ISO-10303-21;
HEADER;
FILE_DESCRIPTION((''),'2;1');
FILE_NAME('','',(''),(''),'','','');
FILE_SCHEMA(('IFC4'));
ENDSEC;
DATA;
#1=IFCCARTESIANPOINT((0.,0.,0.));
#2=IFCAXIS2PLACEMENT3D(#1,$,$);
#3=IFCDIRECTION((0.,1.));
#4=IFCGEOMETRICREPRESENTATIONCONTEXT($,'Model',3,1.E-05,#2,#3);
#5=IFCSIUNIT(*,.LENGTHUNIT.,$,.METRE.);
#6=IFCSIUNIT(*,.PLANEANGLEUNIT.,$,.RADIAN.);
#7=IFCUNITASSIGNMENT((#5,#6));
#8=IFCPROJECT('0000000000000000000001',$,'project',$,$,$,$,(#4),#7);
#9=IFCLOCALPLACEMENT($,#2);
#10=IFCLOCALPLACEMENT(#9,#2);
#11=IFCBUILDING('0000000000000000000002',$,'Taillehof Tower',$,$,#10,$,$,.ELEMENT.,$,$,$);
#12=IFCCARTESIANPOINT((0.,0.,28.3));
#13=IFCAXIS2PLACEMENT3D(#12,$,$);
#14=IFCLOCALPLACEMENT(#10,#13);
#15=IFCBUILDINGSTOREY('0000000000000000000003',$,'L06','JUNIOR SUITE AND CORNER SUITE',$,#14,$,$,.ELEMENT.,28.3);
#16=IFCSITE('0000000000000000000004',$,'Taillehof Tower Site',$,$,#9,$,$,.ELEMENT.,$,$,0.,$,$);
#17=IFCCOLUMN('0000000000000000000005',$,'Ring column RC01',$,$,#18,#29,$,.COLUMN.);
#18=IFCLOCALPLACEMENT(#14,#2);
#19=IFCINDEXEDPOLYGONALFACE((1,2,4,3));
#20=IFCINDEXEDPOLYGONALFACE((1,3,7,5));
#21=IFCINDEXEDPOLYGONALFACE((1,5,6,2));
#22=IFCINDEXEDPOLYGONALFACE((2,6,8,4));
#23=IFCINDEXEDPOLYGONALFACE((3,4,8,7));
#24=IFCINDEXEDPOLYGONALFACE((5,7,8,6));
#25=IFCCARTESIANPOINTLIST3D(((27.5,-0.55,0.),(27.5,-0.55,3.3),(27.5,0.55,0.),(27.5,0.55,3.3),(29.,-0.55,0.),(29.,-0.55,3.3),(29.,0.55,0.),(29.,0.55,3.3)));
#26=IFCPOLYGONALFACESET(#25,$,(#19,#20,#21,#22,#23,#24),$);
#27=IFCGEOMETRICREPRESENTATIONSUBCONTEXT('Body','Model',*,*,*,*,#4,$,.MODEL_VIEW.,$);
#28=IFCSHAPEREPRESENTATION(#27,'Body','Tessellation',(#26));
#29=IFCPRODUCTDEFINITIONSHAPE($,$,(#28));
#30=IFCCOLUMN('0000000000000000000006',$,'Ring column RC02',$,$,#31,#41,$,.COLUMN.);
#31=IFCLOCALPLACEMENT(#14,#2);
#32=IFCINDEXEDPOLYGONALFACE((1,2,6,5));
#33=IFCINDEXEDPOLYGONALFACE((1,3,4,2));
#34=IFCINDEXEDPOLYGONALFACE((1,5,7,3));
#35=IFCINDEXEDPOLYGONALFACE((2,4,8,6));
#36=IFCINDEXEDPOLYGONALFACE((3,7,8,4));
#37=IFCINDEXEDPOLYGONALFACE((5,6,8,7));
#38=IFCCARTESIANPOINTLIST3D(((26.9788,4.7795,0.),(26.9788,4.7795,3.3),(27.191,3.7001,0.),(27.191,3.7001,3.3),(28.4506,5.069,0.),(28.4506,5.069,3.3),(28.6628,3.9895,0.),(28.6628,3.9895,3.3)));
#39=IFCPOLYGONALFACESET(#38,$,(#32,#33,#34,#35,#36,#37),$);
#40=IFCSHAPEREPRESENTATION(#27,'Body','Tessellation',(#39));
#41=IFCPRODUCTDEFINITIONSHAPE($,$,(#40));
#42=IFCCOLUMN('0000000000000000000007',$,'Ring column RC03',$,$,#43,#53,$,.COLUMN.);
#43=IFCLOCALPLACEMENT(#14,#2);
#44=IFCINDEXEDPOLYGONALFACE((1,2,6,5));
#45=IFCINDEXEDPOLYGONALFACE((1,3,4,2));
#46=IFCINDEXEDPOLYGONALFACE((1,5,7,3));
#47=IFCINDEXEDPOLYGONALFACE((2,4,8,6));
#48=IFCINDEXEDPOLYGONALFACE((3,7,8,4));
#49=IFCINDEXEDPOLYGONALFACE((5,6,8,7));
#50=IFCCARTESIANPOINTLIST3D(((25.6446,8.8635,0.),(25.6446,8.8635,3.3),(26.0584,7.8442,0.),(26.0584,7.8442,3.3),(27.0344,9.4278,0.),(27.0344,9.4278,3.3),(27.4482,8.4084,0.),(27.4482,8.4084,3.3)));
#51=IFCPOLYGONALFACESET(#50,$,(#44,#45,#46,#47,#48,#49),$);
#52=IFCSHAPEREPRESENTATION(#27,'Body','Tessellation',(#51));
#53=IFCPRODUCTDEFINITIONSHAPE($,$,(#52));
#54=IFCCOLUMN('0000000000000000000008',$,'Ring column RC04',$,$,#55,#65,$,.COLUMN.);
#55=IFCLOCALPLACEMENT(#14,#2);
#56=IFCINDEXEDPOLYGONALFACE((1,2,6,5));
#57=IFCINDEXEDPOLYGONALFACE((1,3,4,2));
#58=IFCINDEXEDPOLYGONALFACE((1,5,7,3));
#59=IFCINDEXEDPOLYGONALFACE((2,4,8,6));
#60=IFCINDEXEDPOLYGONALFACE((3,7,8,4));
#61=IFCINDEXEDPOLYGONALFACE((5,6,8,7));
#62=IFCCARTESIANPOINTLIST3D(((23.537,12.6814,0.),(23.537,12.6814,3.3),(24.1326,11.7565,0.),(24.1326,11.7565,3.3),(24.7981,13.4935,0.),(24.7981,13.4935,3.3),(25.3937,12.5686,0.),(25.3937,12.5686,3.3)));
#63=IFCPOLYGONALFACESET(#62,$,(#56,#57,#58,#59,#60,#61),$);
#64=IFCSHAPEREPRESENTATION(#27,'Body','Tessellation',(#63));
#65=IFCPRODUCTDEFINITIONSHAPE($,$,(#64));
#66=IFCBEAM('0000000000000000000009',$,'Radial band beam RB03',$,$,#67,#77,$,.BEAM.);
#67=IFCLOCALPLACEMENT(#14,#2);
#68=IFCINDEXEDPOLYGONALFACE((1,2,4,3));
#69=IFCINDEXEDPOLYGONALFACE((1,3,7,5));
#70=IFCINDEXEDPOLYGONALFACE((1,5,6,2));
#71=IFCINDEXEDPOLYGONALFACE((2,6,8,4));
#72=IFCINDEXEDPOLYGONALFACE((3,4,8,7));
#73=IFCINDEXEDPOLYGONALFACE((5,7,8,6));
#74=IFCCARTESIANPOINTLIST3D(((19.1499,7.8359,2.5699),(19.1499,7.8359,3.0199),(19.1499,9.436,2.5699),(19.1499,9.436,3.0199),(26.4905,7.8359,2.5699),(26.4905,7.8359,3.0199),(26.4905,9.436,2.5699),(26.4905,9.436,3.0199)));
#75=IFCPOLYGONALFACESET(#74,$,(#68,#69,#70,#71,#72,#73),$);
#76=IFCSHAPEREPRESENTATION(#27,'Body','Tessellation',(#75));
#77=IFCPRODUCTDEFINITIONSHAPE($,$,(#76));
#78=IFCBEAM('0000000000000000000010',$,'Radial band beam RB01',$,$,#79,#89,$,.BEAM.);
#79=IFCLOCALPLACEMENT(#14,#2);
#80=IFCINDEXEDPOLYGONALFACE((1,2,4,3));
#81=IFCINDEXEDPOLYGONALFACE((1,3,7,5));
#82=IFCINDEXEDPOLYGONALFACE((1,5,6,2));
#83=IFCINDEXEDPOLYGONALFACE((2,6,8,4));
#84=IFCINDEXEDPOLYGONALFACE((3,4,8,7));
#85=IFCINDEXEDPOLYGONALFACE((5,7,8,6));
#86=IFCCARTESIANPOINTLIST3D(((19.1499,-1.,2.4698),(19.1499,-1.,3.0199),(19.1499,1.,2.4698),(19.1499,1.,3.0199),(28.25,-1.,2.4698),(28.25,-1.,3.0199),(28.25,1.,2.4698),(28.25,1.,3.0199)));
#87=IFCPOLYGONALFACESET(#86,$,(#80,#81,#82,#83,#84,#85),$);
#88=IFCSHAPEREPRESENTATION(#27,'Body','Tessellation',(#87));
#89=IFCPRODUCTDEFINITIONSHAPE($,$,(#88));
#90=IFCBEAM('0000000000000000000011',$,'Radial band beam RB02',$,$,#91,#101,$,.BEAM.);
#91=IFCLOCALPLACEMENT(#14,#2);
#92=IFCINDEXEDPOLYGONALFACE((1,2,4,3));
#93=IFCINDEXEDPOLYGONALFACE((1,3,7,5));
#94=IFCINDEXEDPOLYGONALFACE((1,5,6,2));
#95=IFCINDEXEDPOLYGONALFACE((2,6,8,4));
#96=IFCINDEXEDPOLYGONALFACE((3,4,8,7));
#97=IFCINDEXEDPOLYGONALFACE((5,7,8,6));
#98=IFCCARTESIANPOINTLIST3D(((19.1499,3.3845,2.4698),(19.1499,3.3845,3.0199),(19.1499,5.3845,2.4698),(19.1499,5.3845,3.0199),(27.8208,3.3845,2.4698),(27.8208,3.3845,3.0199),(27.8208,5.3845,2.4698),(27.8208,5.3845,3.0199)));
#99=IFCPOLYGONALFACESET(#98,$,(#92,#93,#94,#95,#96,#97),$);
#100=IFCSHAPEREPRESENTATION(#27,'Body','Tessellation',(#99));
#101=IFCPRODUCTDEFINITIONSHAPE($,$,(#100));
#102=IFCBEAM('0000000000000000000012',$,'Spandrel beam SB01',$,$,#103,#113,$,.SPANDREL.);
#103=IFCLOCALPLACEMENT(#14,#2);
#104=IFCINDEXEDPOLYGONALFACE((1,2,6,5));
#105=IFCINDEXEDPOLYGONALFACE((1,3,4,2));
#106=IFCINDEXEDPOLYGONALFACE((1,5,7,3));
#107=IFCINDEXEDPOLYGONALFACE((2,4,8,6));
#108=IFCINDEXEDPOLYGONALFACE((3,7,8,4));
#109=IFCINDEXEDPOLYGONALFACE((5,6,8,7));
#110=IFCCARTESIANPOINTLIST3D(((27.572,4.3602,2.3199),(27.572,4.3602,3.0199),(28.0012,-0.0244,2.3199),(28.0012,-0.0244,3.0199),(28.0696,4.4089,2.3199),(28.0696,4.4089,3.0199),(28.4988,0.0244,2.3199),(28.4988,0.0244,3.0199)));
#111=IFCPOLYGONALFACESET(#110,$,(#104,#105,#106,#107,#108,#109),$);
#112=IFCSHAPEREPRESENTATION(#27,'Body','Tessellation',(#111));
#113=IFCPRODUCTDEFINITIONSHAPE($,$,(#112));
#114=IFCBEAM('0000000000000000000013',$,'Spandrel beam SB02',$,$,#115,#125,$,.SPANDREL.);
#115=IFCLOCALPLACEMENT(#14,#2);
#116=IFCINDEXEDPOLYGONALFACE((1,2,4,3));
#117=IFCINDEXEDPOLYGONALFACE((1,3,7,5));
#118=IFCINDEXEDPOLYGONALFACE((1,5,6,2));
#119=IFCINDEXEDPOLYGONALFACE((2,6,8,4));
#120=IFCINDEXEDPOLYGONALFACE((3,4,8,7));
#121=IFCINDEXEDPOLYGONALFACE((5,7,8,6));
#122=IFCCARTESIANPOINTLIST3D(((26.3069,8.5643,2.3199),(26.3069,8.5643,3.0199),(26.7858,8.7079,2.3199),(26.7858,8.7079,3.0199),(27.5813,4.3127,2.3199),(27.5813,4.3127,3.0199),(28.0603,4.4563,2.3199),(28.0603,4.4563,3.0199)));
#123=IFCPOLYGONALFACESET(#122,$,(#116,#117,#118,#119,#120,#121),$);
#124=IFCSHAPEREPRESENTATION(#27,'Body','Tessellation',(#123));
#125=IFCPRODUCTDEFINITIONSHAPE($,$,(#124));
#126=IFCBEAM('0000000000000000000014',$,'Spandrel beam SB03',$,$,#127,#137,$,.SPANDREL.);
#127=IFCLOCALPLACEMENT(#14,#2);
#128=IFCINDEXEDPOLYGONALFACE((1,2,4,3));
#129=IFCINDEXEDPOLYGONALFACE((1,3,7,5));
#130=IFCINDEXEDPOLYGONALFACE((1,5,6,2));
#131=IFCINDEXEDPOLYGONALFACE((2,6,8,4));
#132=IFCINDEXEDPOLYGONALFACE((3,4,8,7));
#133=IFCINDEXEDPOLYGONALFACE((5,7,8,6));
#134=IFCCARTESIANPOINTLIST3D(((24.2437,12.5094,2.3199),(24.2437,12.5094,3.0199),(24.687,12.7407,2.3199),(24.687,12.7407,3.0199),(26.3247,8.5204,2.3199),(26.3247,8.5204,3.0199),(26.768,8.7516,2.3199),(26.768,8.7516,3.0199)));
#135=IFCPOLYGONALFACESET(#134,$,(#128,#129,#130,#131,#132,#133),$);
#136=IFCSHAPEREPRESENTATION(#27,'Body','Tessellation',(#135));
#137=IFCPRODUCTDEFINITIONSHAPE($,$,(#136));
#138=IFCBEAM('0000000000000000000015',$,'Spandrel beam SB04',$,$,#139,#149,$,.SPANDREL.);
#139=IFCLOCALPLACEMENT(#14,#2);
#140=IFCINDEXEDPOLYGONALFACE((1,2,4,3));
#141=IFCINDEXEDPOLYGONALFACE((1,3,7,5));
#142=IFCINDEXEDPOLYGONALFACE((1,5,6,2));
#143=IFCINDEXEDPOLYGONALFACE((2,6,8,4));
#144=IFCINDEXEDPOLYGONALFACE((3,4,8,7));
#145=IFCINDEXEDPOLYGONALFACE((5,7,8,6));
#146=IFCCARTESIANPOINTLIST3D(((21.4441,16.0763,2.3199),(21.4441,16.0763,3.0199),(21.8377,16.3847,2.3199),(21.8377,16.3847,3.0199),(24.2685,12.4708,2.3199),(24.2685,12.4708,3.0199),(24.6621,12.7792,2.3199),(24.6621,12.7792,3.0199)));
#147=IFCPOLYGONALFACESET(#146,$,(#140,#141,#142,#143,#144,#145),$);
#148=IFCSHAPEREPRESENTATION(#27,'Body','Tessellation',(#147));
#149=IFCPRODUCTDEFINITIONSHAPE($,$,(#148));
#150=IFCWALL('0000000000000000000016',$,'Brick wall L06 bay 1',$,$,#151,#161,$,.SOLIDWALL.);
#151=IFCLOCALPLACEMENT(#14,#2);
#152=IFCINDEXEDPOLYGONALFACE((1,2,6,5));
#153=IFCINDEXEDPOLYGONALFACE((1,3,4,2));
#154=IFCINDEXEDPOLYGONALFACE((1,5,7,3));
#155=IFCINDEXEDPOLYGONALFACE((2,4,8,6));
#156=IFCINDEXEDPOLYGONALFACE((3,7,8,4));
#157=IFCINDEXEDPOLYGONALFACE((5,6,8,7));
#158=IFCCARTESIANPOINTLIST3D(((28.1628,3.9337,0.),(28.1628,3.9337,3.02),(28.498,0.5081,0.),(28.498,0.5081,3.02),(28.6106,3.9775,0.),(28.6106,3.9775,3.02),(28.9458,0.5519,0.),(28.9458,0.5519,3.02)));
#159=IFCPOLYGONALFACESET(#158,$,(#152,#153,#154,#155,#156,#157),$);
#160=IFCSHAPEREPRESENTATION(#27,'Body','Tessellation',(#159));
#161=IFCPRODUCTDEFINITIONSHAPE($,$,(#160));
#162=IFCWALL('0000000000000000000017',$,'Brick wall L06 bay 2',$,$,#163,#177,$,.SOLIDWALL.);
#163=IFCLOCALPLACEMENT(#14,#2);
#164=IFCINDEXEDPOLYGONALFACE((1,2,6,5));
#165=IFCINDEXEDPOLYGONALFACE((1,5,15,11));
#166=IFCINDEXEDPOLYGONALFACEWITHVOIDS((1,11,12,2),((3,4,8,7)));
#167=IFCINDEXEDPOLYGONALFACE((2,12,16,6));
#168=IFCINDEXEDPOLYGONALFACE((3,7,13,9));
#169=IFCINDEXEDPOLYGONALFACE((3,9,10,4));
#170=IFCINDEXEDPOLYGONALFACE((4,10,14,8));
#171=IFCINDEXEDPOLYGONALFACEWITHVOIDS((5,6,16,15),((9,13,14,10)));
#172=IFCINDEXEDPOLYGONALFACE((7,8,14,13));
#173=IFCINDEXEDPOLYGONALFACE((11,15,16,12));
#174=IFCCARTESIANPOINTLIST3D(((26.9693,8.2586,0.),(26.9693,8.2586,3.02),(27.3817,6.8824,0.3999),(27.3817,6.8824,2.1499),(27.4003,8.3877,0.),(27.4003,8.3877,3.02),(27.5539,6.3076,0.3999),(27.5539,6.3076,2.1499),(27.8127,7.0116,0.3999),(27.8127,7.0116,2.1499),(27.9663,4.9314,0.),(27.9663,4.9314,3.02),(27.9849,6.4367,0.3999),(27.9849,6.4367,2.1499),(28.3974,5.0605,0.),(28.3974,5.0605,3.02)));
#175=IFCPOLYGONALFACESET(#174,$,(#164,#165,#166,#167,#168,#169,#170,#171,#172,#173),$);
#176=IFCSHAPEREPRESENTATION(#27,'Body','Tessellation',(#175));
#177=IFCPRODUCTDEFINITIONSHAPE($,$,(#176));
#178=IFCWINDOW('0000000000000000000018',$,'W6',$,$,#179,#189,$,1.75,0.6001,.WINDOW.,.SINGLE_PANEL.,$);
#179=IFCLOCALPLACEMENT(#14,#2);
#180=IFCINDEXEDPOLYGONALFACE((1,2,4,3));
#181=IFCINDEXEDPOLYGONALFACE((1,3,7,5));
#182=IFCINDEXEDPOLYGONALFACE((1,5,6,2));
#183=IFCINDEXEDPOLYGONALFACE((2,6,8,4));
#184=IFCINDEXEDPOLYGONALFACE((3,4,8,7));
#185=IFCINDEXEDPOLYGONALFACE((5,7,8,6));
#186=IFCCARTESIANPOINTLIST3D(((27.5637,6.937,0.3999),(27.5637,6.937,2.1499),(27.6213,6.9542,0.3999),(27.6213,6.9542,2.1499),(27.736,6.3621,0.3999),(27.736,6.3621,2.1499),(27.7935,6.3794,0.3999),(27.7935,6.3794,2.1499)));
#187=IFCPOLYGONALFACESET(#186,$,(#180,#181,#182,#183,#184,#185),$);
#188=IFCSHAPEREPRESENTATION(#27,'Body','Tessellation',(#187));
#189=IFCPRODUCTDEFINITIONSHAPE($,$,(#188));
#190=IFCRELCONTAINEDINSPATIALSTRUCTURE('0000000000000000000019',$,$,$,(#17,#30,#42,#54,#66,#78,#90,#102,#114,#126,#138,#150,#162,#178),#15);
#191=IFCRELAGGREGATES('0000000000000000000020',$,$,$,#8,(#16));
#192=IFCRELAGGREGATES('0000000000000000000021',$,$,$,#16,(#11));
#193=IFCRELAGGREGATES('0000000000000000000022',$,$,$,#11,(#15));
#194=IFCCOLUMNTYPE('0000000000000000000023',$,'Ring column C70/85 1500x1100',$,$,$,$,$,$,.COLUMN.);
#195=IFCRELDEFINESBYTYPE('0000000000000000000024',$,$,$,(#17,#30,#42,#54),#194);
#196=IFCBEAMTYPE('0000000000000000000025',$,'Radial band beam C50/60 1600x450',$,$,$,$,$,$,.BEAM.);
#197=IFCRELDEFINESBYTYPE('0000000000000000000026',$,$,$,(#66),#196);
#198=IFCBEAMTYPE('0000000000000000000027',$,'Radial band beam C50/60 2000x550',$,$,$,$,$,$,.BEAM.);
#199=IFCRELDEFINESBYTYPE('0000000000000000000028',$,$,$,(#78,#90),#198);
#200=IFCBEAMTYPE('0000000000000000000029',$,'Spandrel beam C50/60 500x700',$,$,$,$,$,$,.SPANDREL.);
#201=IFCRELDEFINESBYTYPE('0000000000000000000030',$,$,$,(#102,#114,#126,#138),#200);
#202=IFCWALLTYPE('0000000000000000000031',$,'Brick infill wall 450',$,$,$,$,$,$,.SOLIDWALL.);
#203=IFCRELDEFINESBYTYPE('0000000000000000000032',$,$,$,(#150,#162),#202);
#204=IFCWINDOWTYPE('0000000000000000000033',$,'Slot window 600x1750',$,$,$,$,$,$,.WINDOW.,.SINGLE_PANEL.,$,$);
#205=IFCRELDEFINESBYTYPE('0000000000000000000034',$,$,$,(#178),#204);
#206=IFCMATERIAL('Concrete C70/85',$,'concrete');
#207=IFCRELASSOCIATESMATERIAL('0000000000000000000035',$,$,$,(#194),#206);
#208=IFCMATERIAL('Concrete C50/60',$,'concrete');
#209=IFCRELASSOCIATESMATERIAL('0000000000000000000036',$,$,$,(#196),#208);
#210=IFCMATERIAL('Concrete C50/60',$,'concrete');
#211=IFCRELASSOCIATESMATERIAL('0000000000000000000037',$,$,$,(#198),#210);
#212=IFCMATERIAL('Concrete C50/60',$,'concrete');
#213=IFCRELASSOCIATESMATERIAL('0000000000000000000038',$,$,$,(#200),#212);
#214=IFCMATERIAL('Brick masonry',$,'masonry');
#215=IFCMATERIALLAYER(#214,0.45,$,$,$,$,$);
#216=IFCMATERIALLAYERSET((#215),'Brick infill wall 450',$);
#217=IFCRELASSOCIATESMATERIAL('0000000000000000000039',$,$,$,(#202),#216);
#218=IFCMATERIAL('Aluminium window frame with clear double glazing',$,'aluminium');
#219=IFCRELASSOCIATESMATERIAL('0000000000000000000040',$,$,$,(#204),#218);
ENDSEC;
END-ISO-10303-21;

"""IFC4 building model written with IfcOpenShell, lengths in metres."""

from ifc_helpers import new_model, si_unit, direction, frame, frame_2d, origin, origin_2d, place, context, subcontext, project, spatial, rectangle, extrude, material, layer, layer_set, material_profile, profile_set, type_object, element, fill, save


model = new_model("IFC4")

# Units and contexts
model_context = context("Model", 3, precision=1e-05, world=origin(), true_north=direction((0.0, 1.0)))
body_context = subcontext(model_context, "Body", "Model", "MODEL_VIEW")
ifc_project = project(units=[si_unit("LENGTHUNIT", "METRE"), si_unit("PLANEANGLEUNIT", "RADIAN")], contexts=[model_context])

# Site, building, storey
site_placement = place(None, origin())
site = spatial("IfcSite", under=ifc_project, at=site_placement, Name="Taillehof Tower Site", CompositionType="ELEMENT", RefElevation=0.0)
building_placement = place(site_placement, origin())
building = spatial("IfcBuilding", under=site, at=building_placement, Name="Taillehof Tower", CompositionType="ELEMENT")
storey_placement = place(building_placement, frame((0.0, 0.0, 28.3)))
storey = spatial("IfcBuildingStorey", under=building, at=storey_placement, Name="L06", Description="JUNIOR SUITE AND CORNER SUITE", CompositionType="ELEMENT", Elevation=28.3)

# Columns
ifc_material_1 = material(Name="Concrete C70/85", Category="concrete")
ifc_material_profile_1 = material_profile(ifc_material_1, rectangle(XDim=1.5, YDim=1.1001, at=origin_2d()), Name="RC 1500x1100")
ifc_profile_set_1 = profile_set([ifc_material_profile_1], Name="Concrete C70/85")
column_type = type_object("IfcColumnType", Name="Ring column C70/85 1500x1100", PredefinedType="COLUMN", material=ifc_profile_set_1)
for number, where, z_axis, x_axis, name in (
    (1, (28.25, 0.0, 0.0), (0.0, 0.0, 1.0), (1.0, 0.0, 0.0), "Ring column RC01"),
    (2, (27.8208, 4.3845, 0.0), (0.0, 0.0, 1.0), (0.981204, 0.192976, 0.0), "Ring column RC02"),
    (3, (26.5464, 8.636, 0.0), (0.0, 0.0, 1.0), (0.926558, 0.376152, 0.0), "Ring column RC03"),
    (4, (24.4653, 12.625, 0.0), (0.0, 0.0, 1.0), (0.840754, 0.541418, 0.0), "Ring column RC04"),
):
    element("IfcColumn", number, at=place(storey_placement, frame(where, z_axis=z_axis, x_axis=x_axis)), inside=storey, type_object=column_type, Name=name, PredefinedType="COLUMN", context=body_context, shape_type="SweptSolid", body=[
        extrude(rectangle(XDim=1.5, YDim=1.1001, at=origin_2d()), origin(), (0.0, 0.0, 1.0), 3.3),
    ])

# Beams
ifc_material_2 = material(Name="Concrete C50/60", Category="concrete")
ifc_material_profile_2 = material_profile(ifc_material_2, rectangle(XDim=1.6001, YDim=0.45, at=origin_2d()), Name="RC 1600x450")
ifc_profile_set_2 = profile_set([ifc_material_profile_2], Name="Concrete C50/60")
beam_type_1 = type_object("IfcBeamType", Name="Radial band beam C50/60 1600x450", PredefinedType="BEAM", material=ifc_profile_set_2)
beam_1_placement = place(storey_placement, frame((26.4905, 8.636, 2.7949), z_axis=(-1.0, 0.0, 0.0), x_axis=(0.0, -1.0, 0.0)))
element("IfcBeam", 5, at=beam_1_placement, inside=storey, type_object=beam_type_1, Name="Radial band beam RB03", PredefinedType="BEAM", context=body_context, shape_type="SweptSolid", body=[
    extrude(rectangle(XDim=1.6001, YDim=0.45, at=origin_2d()), origin(), (0.0, 0.0, 1.0), 7.3406),
])
ifc_material_3 = material(Name="Concrete C50/60", Category="concrete")
ifc_material_profile_3 = material_profile(ifc_material_3, rectangle(XDim=2.0, YDim=0.55, at=origin_2d()), Name="RC 2000x550")
ifc_profile_set_3 = profile_set([ifc_material_profile_3], Name="Concrete C50/60")
beam_type_2 = type_object("IfcBeamType", Name="Radial band beam C50/60 2000x550", PredefinedType="BEAM", material=ifc_profile_set_3)
beam_2_placement = place(storey_placement, frame((28.25, 0.0, 2.7449), z_axis=(-1.0, 0.0, 0.0), x_axis=(0.0, -1.0, 0.0)))
element("IfcBeam", 6, at=beam_2_placement, inside=storey, type_object=beam_type_2, Name="Radial band beam RB01", PredefinedType="BEAM", context=body_context, shape_type="SweptSolid", body=[
    extrude(rectangle(XDim=2.0, YDim=0.55, at=origin_2d()), origin(), (0.0, 0.0, 1.0), 9.1001),
])
beam_3_placement = place(storey_placement, frame((27.8208, 4.3845, 2.7449), z_axis=(-1.0, 0.0, 0.0), x_axis=(0.0, -1.0, 0.0)))
element("IfcBeam", 7, at=beam_3_placement, inside=storey, type_object=beam_type_2, Name="Radial band beam RB02", PredefinedType="BEAM", context=body_context, shape_type="SweptSolid", body=[
    extrude(rectangle(XDim=2.0, YDim=0.55, at=origin_2d()), origin(), (0.0, 0.0, 1.0), 8.6709),
])
ifc_material_4 = material(Name="Concrete C50/60", Category="concrete")
ifc_material_profile_4 = material_profile(ifc_material_4, rectangle(XDim=0.5, YDim=0.7, at=origin_2d()), Name="RC 500x700")
ifc_profile_set_4 = profile_set([ifc_material_profile_4], Name="Concrete C50/60")
beam_type_3 = type_object("IfcBeamType", Name="Spandrel beam C50/60 500x700", PredefinedType="SPANDREL", material=ifc_profile_set_4)
beam_4_placement = place(storey_placement, frame((28.25, 0.0, 2.6699), z_axis=(-0.097424, 0.995243, 0.0), x_axis=(-0.995243, -0.097424, 0.0)))
element("IfcBeam", 8, at=beam_4_placement, inside=storey, type_object=beam_type_3, Name="Spandrel beam SB01", PredefinedType="SPANDREL", context=body_context, shape_type="SweptSolid", body=[
    extrude(rectangle(XDim=0.5, YDim=0.7, at=origin_2d()), origin(), (0.0, 0.0, 1.0), 4.4055),
])
beam_5_placement = place(storey_placement, frame((27.8208, 4.3845, 2.6699), z_axis=(-0.287136, 0.95789, 0.0), x_axis=(-0.95789, -0.287136, 0.0)))
element("IfcBeam", 9, at=beam_5_placement, inside=storey, type_object=beam_type_3, Name="Spandrel beam SB02", PredefinedType="SPANDREL", context=body_context, shape_type="SweptSolid", body=[
    extrude(rectangle(XDim=0.5, YDim=0.7, at=origin_2d()), origin(), (0.0, 0.0, 1.0), 4.4385),
])
beam_6_placement = place(storey_placement, frame((26.5464, 8.636, 2.6699), z_axis=(-0.462536, 0.8866, 0.0), x_axis=(-0.8866, -0.462536, 0.0)))
element("IfcBeam", 10, at=beam_6_placement, inside=storey, type_object=beam_type_3, Name="Spandrel beam SB03", PredefinedType="SPANDREL", context=body_context, shape_type="SweptSolid", body=[
    extrude(rectangle(XDim=0.5, YDim=0.7, at=origin_2d()), origin(), (0.0, 0.0, 1.0), 4.4993),
])
beam_7_placement = place(storey_placement, frame((24.4653, 12.625, 2.6699), z_axis=(-0.616686, 0.787209, 0.0), x_axis=(-0.787209, -0.616686, 0.0)))
element("IfcBeam", 11, at=beam_7_placement, inside=storey, type_object=beam_type_3, Name="Spandrel beam SB04", PredefinedType="SPANDREL", context=body_context, shape_type="SweptSolid", body=[
    extrude(rectangle(XDim=0.5, YDim=0.7, at=origin_2d()), origin(), (0.0, 0.0, 1.0), 4.5801),
])

# Wall
ifc_material_5 = material(Name="Brick masonry", Category="masonry")
ifc_layer_1 = layer(ifc_material_5, 0.45)
ifc_layer_set_1 = layer_set([ifc_layer_1], Name="Brick infill wall 450")
wall_type_1 = type_object("IfcWallType", Name="Brick infill wall 450", PredefinedType="SOLIDWALL", material=ifc_layer_set_1)
wall_1_placement = place(storey_placement, frame((28.7219, 0.53, 0.0), z_axis=(0.0, 0.0, 1.0), x_axis=(-0.09739, 0.995246, 0.0)))
element("IfcWall", 12, at=wall_1_placement, inside=storey, type_object=wall_type_1, Name="Brick wall L06 bay 1", PredefinedType="SOLIDWALL", context=body_context, shape_type="SweptSolid", body=[
    extrude(rectangle(XDim=3.4419, YDim=0.45, at=frame_2d((1.7209, 0.0))), origin(), (0.0, 0.0, 1.0), 3.02),
])

# Wall, opening, window
wall_2_placement = place(storey_placement, frame((28.1819, 4.9958, 0.0), z_axis=(0.0, 0.0, 1.0), x_axis=(-0.287064, 0.957911, 0.0)))
wall_2 = element("IfcWall", 13, at=wall_2_placement, inside=storey, type_object=wall_type_1, Name="Brick wall L06 bay 2", PredefinedType="SOLIDWALL", context=body_context, shape_type="SweptSolid", body=[
    extrude(rectangle(XDim=3.4734, YDim=0.45, at=frame_2d((1.7368, 0.0))), origin(), (0.0, 0.0, 1.0), 3.02),
])
opening_1_placement = place(wall_2_placement, frame((1.4368, 0.0, 0.3999)))
opening_1 = element("IfcOpeningElement", 14, at=opening_1_placement, cuts=wall_2, PredefinedType="OPENING", context=body_context, shape_type="SweptSolid", body=[
    extrude(rectangle(XDim=0.6001, YDim=1.75, at=frame_2d((0.3, 0.875))), frame((0.0, 0.2349, 0.0), z_axis=(0.0, -1.0, 0.0), x_axis=(1.0, 0.0, 0.0)), (0.0, 0.0, 1.0), 0.47),
])
ifc_material_6 = material(Name="Aluminium window frame with clear double glazing", Category="aluminium")
window_type = type_object("IfcWindowType", Name="Slot window 600x1750", PartitioningType="SINGLE_PANEL", PredefinedType="WINDOW", material=ifc_material_6)
window_placement = place(opening_1_placement, origin())
window = element("IfcWindow", 15, at=window_placement, inside=storey, type_object=window_type, Name="W6", OverallHeight=1.75, OverallWidth=0.6001, PartitioningType="SINGLE_PANEL", PredefinedType="WINDOW", context=body_context, shape_type="SweptSolid", body=[
    extrude(rectangle(XDim=0.6001, YDim=1.75, at=frame_2d((0.3, 0.875))), frame((0.0, 0.0349, 0.0), z_axis=(0.0, -1.0, 0.0), x_axis=(1.0, 0.0, 0.0)), (0.0, 0.0, 1.0), 0.0601),
])
fill(opening_1, window)

save(model, "model.ifc")
